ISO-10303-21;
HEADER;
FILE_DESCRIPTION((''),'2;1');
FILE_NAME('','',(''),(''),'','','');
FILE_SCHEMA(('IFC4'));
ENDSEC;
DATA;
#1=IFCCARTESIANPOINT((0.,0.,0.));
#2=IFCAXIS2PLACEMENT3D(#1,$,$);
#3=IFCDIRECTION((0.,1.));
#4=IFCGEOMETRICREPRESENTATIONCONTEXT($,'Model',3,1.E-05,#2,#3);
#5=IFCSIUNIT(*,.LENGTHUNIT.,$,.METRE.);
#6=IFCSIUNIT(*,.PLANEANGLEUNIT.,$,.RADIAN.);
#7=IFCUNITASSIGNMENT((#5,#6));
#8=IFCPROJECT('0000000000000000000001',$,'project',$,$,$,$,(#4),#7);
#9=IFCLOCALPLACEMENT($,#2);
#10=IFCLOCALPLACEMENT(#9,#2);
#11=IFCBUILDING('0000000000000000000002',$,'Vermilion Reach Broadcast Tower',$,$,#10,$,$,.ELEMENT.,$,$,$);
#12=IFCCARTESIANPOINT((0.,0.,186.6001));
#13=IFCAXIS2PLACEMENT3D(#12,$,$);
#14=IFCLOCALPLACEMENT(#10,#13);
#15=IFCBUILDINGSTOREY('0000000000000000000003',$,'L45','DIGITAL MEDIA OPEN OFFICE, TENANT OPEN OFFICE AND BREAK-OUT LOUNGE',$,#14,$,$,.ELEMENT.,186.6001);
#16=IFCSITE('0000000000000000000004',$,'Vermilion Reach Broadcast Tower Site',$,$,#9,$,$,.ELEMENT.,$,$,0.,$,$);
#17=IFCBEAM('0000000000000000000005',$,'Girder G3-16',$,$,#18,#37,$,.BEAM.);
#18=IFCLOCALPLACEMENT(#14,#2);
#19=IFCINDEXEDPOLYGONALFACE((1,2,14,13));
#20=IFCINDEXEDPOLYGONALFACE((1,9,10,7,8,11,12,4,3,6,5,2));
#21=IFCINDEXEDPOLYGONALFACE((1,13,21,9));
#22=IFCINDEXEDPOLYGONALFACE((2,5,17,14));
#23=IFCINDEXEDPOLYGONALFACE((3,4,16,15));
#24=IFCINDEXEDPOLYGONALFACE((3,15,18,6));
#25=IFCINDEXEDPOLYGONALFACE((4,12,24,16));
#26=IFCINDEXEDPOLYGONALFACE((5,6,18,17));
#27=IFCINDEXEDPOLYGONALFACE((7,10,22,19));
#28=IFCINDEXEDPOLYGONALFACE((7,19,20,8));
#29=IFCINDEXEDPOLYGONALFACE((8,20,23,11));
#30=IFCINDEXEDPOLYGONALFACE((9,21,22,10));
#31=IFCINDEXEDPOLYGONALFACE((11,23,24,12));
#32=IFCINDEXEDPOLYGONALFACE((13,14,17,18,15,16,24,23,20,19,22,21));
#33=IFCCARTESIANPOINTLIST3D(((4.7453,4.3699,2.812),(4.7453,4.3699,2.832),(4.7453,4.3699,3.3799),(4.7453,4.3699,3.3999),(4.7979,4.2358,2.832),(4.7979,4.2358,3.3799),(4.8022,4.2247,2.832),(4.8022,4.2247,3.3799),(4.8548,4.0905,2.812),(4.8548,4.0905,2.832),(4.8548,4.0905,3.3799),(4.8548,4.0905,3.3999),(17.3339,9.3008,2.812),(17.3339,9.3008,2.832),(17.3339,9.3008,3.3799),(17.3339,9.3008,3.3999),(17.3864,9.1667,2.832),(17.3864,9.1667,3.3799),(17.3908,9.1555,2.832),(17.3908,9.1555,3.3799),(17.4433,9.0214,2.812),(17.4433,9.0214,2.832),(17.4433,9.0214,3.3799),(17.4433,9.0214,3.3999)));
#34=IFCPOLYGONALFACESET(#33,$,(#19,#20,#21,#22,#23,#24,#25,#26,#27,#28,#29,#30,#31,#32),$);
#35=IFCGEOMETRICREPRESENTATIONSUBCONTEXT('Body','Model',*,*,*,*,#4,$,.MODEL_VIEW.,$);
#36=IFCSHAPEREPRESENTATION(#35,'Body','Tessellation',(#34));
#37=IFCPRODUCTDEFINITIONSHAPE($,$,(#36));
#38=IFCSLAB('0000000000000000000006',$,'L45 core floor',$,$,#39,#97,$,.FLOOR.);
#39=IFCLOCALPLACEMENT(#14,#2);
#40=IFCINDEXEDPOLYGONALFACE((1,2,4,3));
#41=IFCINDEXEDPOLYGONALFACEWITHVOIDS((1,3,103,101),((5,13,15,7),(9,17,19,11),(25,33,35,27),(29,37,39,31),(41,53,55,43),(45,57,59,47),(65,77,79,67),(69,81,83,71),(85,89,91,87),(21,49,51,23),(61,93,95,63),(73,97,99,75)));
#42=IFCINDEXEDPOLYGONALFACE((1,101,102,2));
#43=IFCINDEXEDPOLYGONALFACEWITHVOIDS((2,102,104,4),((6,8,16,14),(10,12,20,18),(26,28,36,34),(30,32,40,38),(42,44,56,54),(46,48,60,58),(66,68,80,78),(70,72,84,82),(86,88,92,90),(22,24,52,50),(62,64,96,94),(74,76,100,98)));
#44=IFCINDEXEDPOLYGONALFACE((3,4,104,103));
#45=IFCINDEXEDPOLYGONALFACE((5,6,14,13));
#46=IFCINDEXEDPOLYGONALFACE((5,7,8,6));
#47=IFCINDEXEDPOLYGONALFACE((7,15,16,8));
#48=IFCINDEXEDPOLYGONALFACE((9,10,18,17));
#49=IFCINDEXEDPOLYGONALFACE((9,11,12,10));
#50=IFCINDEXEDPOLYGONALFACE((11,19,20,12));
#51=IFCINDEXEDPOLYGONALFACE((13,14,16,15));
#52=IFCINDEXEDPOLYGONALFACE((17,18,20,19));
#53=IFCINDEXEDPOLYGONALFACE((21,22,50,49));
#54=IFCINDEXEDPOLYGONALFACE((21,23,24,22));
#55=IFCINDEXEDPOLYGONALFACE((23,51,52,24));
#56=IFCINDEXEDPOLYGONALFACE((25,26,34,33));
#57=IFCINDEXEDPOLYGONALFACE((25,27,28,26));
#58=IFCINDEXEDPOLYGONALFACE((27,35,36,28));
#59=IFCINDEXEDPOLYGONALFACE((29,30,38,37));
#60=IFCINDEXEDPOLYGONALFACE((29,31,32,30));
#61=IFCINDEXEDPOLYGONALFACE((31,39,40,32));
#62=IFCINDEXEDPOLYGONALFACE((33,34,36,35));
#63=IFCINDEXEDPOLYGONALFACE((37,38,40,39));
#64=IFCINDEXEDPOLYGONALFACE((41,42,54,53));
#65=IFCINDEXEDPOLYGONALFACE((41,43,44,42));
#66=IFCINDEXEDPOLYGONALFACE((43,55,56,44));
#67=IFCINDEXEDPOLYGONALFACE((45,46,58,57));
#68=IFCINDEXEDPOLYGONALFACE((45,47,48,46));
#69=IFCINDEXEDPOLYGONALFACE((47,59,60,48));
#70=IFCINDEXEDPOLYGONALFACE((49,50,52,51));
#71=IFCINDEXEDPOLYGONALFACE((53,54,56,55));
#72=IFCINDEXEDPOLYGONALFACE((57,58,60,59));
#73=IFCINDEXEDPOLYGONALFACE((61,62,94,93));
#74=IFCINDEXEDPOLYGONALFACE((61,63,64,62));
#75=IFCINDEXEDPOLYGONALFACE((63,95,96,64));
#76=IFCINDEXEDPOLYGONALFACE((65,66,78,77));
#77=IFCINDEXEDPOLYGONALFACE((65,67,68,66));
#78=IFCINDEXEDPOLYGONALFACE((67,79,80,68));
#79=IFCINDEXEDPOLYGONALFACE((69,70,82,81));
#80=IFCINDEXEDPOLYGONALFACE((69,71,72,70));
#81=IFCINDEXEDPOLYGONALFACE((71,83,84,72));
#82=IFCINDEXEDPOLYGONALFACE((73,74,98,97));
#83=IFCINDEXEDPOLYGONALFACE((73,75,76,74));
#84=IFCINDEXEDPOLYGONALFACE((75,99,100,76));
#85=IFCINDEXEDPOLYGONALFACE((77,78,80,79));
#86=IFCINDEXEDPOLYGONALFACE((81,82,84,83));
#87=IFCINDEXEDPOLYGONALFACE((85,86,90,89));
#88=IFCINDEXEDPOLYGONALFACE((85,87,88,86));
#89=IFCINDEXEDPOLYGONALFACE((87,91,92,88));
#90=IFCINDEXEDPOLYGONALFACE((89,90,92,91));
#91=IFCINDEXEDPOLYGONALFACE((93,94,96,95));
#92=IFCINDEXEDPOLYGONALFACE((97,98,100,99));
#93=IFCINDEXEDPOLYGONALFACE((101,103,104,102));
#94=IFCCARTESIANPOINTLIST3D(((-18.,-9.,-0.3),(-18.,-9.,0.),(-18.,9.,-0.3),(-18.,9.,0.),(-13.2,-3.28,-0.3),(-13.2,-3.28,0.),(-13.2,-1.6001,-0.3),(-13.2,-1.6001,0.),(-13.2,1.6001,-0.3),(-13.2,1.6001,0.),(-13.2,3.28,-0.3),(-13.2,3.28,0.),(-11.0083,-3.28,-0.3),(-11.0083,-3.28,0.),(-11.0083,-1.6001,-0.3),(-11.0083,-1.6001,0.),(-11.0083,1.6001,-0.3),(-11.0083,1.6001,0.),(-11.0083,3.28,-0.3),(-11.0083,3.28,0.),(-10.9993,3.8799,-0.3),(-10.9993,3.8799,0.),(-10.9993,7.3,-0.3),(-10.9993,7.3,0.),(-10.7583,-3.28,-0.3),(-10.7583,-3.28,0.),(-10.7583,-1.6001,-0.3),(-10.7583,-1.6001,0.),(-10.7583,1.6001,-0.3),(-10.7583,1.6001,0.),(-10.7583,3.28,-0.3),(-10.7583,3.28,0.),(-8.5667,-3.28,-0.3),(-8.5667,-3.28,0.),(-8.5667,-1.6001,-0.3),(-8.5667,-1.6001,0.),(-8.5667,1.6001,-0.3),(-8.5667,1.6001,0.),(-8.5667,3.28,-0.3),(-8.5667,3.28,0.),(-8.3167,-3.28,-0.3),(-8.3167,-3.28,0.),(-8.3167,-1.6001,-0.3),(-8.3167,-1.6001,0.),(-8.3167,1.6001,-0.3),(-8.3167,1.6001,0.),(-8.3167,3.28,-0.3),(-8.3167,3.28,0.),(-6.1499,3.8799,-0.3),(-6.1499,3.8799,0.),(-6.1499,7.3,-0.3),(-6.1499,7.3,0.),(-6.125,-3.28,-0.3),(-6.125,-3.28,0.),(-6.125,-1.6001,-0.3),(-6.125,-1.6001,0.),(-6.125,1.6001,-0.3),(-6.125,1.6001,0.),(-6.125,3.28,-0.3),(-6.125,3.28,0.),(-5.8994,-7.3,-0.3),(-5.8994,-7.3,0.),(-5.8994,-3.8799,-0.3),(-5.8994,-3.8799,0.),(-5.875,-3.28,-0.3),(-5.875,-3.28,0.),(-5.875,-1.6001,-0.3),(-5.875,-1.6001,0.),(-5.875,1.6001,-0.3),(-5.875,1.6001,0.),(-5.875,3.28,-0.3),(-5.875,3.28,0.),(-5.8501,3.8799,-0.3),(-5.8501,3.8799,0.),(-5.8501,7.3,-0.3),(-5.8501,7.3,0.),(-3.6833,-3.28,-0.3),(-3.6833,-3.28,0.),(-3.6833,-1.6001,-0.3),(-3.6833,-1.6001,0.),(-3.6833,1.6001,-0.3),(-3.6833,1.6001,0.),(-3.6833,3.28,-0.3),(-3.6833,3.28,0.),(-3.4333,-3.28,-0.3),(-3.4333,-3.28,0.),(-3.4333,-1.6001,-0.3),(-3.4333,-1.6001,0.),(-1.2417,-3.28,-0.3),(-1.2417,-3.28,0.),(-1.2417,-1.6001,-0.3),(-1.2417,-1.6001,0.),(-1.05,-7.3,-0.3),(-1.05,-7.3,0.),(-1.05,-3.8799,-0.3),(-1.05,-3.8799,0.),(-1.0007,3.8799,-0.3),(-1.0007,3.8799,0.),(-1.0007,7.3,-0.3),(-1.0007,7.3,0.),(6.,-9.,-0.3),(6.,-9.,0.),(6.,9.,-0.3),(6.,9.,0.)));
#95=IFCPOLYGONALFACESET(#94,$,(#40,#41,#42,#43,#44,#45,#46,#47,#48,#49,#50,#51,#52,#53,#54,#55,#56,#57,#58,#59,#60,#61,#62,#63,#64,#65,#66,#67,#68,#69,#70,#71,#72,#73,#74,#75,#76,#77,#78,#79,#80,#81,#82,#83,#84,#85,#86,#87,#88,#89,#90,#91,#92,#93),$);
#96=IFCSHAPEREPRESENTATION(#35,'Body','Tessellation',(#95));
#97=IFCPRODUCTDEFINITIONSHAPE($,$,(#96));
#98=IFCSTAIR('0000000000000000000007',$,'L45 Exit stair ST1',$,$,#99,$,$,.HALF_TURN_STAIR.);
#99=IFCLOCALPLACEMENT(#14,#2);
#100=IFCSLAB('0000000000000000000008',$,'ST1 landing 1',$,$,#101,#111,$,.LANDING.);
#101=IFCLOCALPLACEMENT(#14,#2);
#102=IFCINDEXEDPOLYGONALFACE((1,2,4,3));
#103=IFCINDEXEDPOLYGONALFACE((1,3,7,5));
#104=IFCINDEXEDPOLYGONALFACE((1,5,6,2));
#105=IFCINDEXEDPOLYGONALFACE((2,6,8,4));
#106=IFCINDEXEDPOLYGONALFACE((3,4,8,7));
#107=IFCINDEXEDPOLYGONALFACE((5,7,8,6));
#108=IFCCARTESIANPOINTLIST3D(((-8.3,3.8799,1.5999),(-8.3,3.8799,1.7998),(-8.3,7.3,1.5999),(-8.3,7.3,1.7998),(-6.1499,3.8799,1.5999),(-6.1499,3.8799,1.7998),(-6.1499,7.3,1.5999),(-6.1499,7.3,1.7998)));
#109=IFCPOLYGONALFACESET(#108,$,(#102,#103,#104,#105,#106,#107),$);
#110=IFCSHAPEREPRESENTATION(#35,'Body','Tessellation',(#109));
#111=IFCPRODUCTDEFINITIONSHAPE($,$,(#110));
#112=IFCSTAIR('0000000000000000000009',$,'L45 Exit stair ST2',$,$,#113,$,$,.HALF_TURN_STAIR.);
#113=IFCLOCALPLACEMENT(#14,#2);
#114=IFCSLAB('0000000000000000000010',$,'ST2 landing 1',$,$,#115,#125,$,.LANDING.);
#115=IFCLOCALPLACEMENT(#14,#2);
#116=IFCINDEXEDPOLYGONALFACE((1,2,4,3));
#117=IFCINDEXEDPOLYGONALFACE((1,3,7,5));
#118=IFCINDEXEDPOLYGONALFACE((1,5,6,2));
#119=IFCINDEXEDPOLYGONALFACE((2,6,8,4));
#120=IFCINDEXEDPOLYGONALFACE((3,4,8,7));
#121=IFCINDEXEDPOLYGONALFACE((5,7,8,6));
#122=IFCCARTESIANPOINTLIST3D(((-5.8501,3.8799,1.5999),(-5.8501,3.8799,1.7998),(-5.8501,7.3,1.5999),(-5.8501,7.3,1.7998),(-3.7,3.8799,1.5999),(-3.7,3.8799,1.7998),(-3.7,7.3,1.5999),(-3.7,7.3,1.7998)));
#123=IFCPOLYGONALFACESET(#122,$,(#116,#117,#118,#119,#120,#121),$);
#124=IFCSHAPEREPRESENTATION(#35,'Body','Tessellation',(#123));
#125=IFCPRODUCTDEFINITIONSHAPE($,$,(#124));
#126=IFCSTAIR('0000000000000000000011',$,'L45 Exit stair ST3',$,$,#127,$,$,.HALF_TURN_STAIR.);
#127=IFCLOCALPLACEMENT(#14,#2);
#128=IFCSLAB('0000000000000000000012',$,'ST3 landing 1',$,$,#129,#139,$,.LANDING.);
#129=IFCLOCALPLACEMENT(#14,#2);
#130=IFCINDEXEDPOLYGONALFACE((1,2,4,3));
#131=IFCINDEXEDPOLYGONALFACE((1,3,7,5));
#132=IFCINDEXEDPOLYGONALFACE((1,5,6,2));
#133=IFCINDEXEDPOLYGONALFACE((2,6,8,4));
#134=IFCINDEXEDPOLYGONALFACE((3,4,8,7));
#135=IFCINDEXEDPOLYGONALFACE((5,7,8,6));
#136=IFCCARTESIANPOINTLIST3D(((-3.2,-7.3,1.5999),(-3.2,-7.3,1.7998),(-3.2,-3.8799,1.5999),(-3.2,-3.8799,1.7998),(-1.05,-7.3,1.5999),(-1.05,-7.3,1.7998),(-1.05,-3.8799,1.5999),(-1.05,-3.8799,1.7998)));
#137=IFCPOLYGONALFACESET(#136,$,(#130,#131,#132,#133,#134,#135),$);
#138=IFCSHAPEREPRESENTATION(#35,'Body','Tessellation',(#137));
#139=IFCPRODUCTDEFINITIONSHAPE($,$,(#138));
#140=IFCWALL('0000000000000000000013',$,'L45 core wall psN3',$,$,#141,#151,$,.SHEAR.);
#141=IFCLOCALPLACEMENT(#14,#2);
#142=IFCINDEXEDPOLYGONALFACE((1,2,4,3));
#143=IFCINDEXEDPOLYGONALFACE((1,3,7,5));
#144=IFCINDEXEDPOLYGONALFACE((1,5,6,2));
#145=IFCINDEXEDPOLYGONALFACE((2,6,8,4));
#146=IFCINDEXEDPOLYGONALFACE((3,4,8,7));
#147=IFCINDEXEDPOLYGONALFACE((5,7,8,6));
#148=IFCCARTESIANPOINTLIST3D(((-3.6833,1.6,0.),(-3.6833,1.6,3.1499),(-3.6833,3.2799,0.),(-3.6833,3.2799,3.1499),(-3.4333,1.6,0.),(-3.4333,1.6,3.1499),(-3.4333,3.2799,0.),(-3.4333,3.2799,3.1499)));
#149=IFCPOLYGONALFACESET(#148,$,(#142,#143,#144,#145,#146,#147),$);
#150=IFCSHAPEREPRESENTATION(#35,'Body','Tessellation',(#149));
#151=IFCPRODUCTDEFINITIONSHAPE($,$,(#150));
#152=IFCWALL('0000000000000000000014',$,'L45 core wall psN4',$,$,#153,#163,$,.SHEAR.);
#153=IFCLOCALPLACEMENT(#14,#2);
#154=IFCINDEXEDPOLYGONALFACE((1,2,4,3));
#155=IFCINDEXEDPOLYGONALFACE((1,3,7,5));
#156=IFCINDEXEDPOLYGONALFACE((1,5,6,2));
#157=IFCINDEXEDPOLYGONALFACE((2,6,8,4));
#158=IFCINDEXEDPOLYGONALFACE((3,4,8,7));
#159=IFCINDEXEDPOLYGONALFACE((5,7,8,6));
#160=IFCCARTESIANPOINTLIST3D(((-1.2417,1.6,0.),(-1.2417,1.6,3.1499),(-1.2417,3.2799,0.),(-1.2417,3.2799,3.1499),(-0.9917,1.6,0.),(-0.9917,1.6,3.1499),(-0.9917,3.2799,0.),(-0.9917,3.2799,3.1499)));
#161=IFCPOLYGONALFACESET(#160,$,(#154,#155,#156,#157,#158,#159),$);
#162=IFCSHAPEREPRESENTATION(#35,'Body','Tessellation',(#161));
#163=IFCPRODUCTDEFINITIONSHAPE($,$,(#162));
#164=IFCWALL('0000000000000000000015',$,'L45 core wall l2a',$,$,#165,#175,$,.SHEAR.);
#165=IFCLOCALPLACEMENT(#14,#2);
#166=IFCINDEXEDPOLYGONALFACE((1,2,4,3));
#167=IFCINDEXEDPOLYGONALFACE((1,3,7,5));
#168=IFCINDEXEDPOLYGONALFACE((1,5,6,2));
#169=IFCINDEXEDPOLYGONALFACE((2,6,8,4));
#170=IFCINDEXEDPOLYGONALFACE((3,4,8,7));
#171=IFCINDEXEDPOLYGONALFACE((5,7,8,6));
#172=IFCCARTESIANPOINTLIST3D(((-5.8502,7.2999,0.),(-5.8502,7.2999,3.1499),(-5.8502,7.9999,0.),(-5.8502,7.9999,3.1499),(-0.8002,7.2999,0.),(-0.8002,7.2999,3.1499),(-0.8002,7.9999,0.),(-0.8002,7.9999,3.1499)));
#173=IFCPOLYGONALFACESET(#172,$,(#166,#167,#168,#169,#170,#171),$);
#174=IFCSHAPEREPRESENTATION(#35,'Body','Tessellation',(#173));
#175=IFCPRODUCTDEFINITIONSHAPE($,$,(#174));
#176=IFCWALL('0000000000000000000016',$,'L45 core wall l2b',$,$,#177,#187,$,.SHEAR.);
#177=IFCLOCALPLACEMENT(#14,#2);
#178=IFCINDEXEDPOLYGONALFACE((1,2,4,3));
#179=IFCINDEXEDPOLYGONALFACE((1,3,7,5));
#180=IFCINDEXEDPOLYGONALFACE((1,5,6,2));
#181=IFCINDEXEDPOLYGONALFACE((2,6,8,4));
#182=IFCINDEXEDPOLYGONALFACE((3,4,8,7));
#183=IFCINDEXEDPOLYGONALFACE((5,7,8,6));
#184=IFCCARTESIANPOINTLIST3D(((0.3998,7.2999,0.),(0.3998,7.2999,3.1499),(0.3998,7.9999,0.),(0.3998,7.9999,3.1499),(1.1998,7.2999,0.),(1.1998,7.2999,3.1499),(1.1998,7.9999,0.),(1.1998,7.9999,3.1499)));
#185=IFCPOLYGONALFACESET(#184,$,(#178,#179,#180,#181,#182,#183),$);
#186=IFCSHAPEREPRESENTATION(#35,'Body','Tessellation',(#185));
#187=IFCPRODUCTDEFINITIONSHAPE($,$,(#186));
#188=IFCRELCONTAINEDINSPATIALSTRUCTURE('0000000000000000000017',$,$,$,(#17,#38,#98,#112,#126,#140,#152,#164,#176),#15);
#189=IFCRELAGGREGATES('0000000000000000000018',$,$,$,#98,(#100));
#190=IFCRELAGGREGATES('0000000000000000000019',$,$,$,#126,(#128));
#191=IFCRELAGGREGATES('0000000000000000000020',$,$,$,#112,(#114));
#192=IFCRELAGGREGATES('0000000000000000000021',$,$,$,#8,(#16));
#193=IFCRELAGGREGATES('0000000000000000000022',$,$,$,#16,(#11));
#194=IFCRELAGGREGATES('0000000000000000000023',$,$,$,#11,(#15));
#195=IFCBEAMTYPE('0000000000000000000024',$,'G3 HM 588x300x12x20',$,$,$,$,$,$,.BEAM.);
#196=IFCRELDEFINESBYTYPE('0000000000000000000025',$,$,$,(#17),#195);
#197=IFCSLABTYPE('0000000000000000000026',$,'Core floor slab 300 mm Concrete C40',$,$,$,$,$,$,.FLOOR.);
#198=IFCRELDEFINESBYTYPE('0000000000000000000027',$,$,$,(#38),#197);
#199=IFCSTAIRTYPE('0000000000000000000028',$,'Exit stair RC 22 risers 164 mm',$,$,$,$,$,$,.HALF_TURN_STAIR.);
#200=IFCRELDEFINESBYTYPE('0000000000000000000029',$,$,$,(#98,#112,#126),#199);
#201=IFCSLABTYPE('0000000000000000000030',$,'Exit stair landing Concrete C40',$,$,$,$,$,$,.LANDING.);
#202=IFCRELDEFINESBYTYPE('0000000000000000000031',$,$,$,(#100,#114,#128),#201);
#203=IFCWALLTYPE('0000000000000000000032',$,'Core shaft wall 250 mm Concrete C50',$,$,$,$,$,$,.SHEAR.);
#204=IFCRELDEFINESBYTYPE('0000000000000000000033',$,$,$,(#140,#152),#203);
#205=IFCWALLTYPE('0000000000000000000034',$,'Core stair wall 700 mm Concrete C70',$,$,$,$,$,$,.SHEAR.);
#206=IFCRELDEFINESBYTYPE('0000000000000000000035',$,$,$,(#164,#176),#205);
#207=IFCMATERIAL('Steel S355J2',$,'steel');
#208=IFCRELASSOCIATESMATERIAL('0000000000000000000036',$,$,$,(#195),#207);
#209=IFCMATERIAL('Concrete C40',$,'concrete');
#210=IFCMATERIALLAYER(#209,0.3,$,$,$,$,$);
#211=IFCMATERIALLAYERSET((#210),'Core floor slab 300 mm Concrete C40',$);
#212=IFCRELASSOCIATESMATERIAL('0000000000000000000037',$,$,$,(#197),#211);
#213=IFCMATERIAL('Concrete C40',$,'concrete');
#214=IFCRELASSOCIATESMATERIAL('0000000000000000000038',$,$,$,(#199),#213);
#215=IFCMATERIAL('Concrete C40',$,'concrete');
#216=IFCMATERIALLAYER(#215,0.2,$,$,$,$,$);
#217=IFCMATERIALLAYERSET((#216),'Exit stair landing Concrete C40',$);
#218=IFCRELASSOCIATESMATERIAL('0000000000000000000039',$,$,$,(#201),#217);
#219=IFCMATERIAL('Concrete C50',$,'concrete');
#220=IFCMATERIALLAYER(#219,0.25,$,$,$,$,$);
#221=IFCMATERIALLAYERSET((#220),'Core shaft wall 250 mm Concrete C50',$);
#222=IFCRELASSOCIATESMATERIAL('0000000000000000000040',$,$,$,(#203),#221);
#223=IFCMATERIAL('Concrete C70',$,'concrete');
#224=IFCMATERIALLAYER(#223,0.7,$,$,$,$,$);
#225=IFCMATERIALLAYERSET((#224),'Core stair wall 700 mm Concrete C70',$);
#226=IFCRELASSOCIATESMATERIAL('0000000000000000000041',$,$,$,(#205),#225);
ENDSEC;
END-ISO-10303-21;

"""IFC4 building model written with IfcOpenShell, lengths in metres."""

from ifc_helpers import new_model, si_unit, direction, frame, frame_2d, origin, origin_2d, place, context, subcontext, project, spatial, polyline, rectangle, i_section, outline, extrude, material, layer, layer_set, material_profile, profile_set, type_object, element, aggregate, save


model = new_model("IFC4")

# Units and contexts
model_context = context("Model", 3, precision=1e-05, world=origin(), true_north=direction((0.0, 1.0)))
body_context = subcontext(model_context, "Body", "Model", "MODEL_VIEW")
ifc_project = project(units=[si_unit("LENGTHUNIT", "METRE"), si_unit("PLANEANGLEUNIT", "RADIAN")], contexts=[model_context])

# Site, building, storey
site_placement = place(None, origin())
site = spatial("IfcSite", under=ifc_project, at=site_placement, Name="Vermilion Reach Broadcast Tower Site", CompositionType="ELEMENT", RefElevation=0.0)
building_placement = place(site_placement, origin())
building = spatial("IfcBuilding", under=site, at=building_placement, Name="Vermilion Reach Broadcast Tower", CompositionType="ELEMENT")
storey_placement = place(building_placement, frame((0.0, 0.0, 186.6001)))
storey = spatial("IfcBuildingStorey", under=building, at=storey_placement, Name="L45", Description="DIGITAL MEDIA OPEN OFFICE, TENANT OPEN OFFICE AND BREAK-OUT LOUNGE", CompositionType="ELEMENT", Elevation=186.6001)

# Beam
ifc_material_1 = material(Name="Steel S355J2", Category="steel")
ifc_material_profile = material_profile(ifc_material_1, i_section(OverallWidth=0.3, OverallDepth=0.5879, WebThickness=0.012, FlangeThickness=0.02, at=origin_2d()), Name="S355J2 HM 588x300x12x20")
ifc_profile_set = profile_set([ifc_material_profile], Name="Steel S355J2")
beam_type = type_object("IfcBeamType", Name="G3 HM 588x300x12x20", PredefinedType="BEAM", material=ifc_profile_set)
beam_placement = place(storey_placement, frame((4.8, 4.2302, 3.106), z_axis=(0.931119, 0.364715, 0.0), x_axis=(-0.364715, 0.931119, 0.0)))
element("IfcBeam", 1, at=beam_placement, inside=storey, type_object=beam_type, Name="Girder G3-16", PredefinedType="BEAM", context=body_context, shape_type="SweptSolid", body=[
    extrude(i_section(OverallWidth=0.3, OverallDepth=0.5879, WebThickness=0.012, FlangeThickness=0.02, at=origin_2d()), origin(), (0.0, 0.0, 1.0), 13.5198),
])

# Slab
ifc_material_2 = material(Name="Concrete C40", Category="concrete")
ifc_layer_1 = layer(ifc_material_2, 0.3)
ifc_layer_set_1 = layer_set([ifc_layer_1], Name="Core floor slab 300 mm Concrete C40")
slab_type_1 = type_object("IfcSlabType", Name="Core floor slab 300 mm Concrete C40", PredefinedType="FLOOR", material=ifc_layer_set_1)
slab_1_placement = place(storey_placement, frame((0.0, 0.0, -0.3)))
element("IfcSlab", 2, at=slab_1_placement, inside=storey, type_object=slab_type_1, Name="L45 core floor", PredefinedType="FLOOR", context=body_context, shape_type="SweptSolid", body=[
    extrude(outline(polyline([(-18.0, -9.0), (6.0, -9.0), (6.0, 9.0), (-18.0, 9.0), (-18.0, -9.0)]), holes=[polyline([(-13.2, 1.6001), (-11.0083, 1.6001), (-11.0083, 3.28), (-13.2, 3.28), (-13.2, 1.6001)]), polyline([(-10.7583, 1.6001), (-8.5667, 1.6001), (-8.5667, 3.28), (-10.7583, 3.28), (-10.7583, 1.6001)]), polyline([(-8.3167, 1.6001), (-6.125, 1.6001), (-6.125, 3.28), (-8.3167, 3.28), (-8.3167, 1.6001)]), polyline([(-5.875, 1.6001), (-3.6833, 1.6001), (-3.6833, 3.28), (-5.875, 3.28), (-5.875, 1.6001)]), polyline([(-13.2, -3.28), (-11.0083, -3.28), (-11.0083, -1.6001), (-13.2, -1.6001), (-13.2, -3.28)]), polyline([(-10.7583, -3.28), (-8.5667, -3.28), (-8.5667, -1.6001), (-10.7583, -1.6001), (-10.7583, -3.28)]), polyline([(-8.3167, -3.28), (-6.125, -3.28), (-6.125, -1.6001), (-8.3167, -1.6001), (-8.3167, -3.28)]), polyline([(-5.875, -3.28), (-3.6833, -3.28), (-3.6833, -1.6001), (-5.875, -1.6001), (-5.875, -3.28)]), polyline([(-3.4333, -3.28), (-1.2417, -3.28), (-1.2417, -1.6001), (-3.4333, -1.6001), (-3.4333, -3.28)]), polyline([(-10.9993, 3.8799), (-6.1499, 3.8799), (-6.1499, 7.3), (-10.9993, 7.3), (-10.9993, 3.8799)]), polyline([(-1.0007, 7.3), (-5.8501, 7.3), (-5.8501, 3.8799), (-1.0007, 3.8799), (-1.0007, 7.3)]), polyline([(-5.8994, -7.3), (-1.05, -7.3), (-1.05, -3.8799), (-5.8994, -3.8799), (-5.8994, -7.3)])]), origin(), (0.0, 0.0, 1.0), 0.3),
])

# Stairs, slabs
ifc_material_3 = material(Name="Concrete C40", Category="concrete")
stair_type = type_object("IfcStairType", Name="Exit stair RC 22 risers 164 mm", PredefinedType="HALF_TURN_STAIR", material=ifc_material_3)
placement_1 = place(storey_placement, origin())
stair_1 = element("IfcStair", 3, at=placement_1, inside=storey, type_object=stair_type, Name="L45 Exit stair ST1", PredefinedType="HALF_TURN_STAIR")
ifc_material_4 = material(Name="Concrete C40", Category="concrete")
ifc_layer_2 = layer(ifc_material_4, 0.2)
ifc_layer_set_2 = layer_set([ifc_layer_2], Name="Exit stair landing Concrete C40")
slab_type_2 = type_object("IfcSlabType", Name="Exit stair landing Concrete C40", PredefinedType="LANDING", material=ifc_layer_set_2)
placement_2 = place(storey_placement, frame((0.0, 0.0, 1.5999)))
slab_2 = element("IfcSlab", 4, at=placement_2, type_object=slab_type_2, Name="ST1 landing 1", PredefinedType="LANDING", context=body_context, shape_type="SweptSolid", body=[
    extrude(outline(polyline([(-8.3, 3.8799), (-6.1499, 3.8799), (-6.1499, 7.3), (-8.3, 7.3), (-8.3, 3.8799)])), origin(), (0.0, 0.0, 1.0), 0.2),
])
aggregate(stair_1, [slab_2])
stair_2 = element("IfcStair", 5, at=placement_1, inside=storey, type_object=stair_type, Name="L45 Exit stair ST2", PredefinedType="HALF_TURN_STAIR")
slab_3 = element("IfcSlab", 6, at=placement_2, type_object=slab_type_2, Name="ST2 landing 1", PredefinedType="LANDING", context=body_context, shape_type="SweptSolid", body=[
    extrude(outline(polyline([(-3.7, 7.3), (-5.8501, 7.3), (-5.8501, 3.8799), (-3.7, 3.8799), (-3.7, 7.3)])), origin(), (0.0, 0.0, 1.0), 0.2),
])
stair_3 = element("IfcStair", 7, at=placement_1, inside=storey, type_object=stair_type, Name="L45 Exit stair ST3", PredefinedType="HALF_TURN_STAIR")
slab_4 = element("IfcSlab", 8, at=placement_2, type_object=slab_type_2, Name="ST3 landing 1", PredefinedType="LANDING", context=body_context, shape_type="SweptSolid", body=[
    extrude(outline(polyline([(-3.2, -7.3), (-1.05, -7.3), (-1.05, -3.8799), (-3.2, -3.8799), (-3.2, -7.3)])), origin(), (0.0, 0.0, 1.0), 0.2),
])
aggregate(stair_3, [slab_4])

# Walls
ifc_material_5 = material(Name="Concrete C50", Category="concrete")
ifc_layer_3 = layer(ifc_material_5, 0.25)
ifc_layer_set_3 = layer_set([ifc_layer_3], Name="Core shaft wall 250 mm Concrete C50")
wall_type_1 = type_object("IfcWallType", Name="Core shaft wall 250 mm Concrete C50", PredefinedType="SHEAR", material=ifc_layer_set_3)
for number, where, z_axis, x_axis, name in (
    (9, (-3.5583, 1.6001, 0.0), (0.0, 0.0, 1.0), (0.0, 1.0, 0.0), "L45 core wall psN3"),
    (10, (-1.1167, 1.6001, 0.0), (0.0, 0.0, 1.0), (0.0, 1.0, 0.0), "L45 core wall psN4"),
):
    element("IfcWall", number, at=place(storey_placement, frame(where, z_axis=z_axis, x_axis=x_axis)), inside=storey, type_object=wall_type_1, Name=name, PredefinedType="SHEAR", context=body_context, shape_type="SweptSolid", body=[
        extrude(rectangle(XDim=1.6799, YDim=0.25, at=frame_2d((0.8398, 0.0))), origin(), (0.0, 0.0, 1.0), 3.1499),
    ])
ifc_material_6 = material(Name="Concrete C70", Category="concrete")
ifc_layer_4 = layer(ifc_material_6, 0.7)
ifc_layer_set_4 = layer_set([ifc_layer_4], Name="Core stair wall 700 mm Concrete C70")
wall_type_2 = type_object("IfcWallType", Name="Core stair wall 700 mm Concrete C70", PredefinedType="SHEAR", material=ifc_layer_set_4)
wall_1_placement = place(storey_placement, frame((-5.8501, 7.6499, 0.0), z_axis=(0.0, 0.0, 1.0), x_axis=(1.0, 0.0, 0.0)))
element("IfcWall", 11, at=wall_1_placement, inside=storey, type_object=wall_type_2, Name="L45 core wall l2a", PredefinedType="SHEAR", context=body_context, shape_type="SweptSolid", body=[
    extrude(rectangle(XDim=5.05, YDim=0.7, at=frame_2d((2.5249, 0.0))), origin(), (0.0, 0.0, 1.0), 3.1499),
])
wall_2_placement = place(storey_placement, frame((0.3999, 7.6499, 0.0), z_axis=(0.0, 0.0, 1.0), x_axis=(1.0, 0.0, 0.0)))
element("IfcWall", 12, at=wall_2_placement, inside=storey, type_object=wall_type_2, Name="L45 core wall l2b", PredefinedType="SHEAR", context=body_context, shape_type="SweptSolid", body=[
    extrude(rectangle(XDim=0.8, YDim=0.7, at=frame_2d((0.3999, 0.0))), origin(), (0.0, 0.0, 1.0), 3.1499),
])

aggregate(stair_2, [slab_3])

save(model, "model.ifc")
